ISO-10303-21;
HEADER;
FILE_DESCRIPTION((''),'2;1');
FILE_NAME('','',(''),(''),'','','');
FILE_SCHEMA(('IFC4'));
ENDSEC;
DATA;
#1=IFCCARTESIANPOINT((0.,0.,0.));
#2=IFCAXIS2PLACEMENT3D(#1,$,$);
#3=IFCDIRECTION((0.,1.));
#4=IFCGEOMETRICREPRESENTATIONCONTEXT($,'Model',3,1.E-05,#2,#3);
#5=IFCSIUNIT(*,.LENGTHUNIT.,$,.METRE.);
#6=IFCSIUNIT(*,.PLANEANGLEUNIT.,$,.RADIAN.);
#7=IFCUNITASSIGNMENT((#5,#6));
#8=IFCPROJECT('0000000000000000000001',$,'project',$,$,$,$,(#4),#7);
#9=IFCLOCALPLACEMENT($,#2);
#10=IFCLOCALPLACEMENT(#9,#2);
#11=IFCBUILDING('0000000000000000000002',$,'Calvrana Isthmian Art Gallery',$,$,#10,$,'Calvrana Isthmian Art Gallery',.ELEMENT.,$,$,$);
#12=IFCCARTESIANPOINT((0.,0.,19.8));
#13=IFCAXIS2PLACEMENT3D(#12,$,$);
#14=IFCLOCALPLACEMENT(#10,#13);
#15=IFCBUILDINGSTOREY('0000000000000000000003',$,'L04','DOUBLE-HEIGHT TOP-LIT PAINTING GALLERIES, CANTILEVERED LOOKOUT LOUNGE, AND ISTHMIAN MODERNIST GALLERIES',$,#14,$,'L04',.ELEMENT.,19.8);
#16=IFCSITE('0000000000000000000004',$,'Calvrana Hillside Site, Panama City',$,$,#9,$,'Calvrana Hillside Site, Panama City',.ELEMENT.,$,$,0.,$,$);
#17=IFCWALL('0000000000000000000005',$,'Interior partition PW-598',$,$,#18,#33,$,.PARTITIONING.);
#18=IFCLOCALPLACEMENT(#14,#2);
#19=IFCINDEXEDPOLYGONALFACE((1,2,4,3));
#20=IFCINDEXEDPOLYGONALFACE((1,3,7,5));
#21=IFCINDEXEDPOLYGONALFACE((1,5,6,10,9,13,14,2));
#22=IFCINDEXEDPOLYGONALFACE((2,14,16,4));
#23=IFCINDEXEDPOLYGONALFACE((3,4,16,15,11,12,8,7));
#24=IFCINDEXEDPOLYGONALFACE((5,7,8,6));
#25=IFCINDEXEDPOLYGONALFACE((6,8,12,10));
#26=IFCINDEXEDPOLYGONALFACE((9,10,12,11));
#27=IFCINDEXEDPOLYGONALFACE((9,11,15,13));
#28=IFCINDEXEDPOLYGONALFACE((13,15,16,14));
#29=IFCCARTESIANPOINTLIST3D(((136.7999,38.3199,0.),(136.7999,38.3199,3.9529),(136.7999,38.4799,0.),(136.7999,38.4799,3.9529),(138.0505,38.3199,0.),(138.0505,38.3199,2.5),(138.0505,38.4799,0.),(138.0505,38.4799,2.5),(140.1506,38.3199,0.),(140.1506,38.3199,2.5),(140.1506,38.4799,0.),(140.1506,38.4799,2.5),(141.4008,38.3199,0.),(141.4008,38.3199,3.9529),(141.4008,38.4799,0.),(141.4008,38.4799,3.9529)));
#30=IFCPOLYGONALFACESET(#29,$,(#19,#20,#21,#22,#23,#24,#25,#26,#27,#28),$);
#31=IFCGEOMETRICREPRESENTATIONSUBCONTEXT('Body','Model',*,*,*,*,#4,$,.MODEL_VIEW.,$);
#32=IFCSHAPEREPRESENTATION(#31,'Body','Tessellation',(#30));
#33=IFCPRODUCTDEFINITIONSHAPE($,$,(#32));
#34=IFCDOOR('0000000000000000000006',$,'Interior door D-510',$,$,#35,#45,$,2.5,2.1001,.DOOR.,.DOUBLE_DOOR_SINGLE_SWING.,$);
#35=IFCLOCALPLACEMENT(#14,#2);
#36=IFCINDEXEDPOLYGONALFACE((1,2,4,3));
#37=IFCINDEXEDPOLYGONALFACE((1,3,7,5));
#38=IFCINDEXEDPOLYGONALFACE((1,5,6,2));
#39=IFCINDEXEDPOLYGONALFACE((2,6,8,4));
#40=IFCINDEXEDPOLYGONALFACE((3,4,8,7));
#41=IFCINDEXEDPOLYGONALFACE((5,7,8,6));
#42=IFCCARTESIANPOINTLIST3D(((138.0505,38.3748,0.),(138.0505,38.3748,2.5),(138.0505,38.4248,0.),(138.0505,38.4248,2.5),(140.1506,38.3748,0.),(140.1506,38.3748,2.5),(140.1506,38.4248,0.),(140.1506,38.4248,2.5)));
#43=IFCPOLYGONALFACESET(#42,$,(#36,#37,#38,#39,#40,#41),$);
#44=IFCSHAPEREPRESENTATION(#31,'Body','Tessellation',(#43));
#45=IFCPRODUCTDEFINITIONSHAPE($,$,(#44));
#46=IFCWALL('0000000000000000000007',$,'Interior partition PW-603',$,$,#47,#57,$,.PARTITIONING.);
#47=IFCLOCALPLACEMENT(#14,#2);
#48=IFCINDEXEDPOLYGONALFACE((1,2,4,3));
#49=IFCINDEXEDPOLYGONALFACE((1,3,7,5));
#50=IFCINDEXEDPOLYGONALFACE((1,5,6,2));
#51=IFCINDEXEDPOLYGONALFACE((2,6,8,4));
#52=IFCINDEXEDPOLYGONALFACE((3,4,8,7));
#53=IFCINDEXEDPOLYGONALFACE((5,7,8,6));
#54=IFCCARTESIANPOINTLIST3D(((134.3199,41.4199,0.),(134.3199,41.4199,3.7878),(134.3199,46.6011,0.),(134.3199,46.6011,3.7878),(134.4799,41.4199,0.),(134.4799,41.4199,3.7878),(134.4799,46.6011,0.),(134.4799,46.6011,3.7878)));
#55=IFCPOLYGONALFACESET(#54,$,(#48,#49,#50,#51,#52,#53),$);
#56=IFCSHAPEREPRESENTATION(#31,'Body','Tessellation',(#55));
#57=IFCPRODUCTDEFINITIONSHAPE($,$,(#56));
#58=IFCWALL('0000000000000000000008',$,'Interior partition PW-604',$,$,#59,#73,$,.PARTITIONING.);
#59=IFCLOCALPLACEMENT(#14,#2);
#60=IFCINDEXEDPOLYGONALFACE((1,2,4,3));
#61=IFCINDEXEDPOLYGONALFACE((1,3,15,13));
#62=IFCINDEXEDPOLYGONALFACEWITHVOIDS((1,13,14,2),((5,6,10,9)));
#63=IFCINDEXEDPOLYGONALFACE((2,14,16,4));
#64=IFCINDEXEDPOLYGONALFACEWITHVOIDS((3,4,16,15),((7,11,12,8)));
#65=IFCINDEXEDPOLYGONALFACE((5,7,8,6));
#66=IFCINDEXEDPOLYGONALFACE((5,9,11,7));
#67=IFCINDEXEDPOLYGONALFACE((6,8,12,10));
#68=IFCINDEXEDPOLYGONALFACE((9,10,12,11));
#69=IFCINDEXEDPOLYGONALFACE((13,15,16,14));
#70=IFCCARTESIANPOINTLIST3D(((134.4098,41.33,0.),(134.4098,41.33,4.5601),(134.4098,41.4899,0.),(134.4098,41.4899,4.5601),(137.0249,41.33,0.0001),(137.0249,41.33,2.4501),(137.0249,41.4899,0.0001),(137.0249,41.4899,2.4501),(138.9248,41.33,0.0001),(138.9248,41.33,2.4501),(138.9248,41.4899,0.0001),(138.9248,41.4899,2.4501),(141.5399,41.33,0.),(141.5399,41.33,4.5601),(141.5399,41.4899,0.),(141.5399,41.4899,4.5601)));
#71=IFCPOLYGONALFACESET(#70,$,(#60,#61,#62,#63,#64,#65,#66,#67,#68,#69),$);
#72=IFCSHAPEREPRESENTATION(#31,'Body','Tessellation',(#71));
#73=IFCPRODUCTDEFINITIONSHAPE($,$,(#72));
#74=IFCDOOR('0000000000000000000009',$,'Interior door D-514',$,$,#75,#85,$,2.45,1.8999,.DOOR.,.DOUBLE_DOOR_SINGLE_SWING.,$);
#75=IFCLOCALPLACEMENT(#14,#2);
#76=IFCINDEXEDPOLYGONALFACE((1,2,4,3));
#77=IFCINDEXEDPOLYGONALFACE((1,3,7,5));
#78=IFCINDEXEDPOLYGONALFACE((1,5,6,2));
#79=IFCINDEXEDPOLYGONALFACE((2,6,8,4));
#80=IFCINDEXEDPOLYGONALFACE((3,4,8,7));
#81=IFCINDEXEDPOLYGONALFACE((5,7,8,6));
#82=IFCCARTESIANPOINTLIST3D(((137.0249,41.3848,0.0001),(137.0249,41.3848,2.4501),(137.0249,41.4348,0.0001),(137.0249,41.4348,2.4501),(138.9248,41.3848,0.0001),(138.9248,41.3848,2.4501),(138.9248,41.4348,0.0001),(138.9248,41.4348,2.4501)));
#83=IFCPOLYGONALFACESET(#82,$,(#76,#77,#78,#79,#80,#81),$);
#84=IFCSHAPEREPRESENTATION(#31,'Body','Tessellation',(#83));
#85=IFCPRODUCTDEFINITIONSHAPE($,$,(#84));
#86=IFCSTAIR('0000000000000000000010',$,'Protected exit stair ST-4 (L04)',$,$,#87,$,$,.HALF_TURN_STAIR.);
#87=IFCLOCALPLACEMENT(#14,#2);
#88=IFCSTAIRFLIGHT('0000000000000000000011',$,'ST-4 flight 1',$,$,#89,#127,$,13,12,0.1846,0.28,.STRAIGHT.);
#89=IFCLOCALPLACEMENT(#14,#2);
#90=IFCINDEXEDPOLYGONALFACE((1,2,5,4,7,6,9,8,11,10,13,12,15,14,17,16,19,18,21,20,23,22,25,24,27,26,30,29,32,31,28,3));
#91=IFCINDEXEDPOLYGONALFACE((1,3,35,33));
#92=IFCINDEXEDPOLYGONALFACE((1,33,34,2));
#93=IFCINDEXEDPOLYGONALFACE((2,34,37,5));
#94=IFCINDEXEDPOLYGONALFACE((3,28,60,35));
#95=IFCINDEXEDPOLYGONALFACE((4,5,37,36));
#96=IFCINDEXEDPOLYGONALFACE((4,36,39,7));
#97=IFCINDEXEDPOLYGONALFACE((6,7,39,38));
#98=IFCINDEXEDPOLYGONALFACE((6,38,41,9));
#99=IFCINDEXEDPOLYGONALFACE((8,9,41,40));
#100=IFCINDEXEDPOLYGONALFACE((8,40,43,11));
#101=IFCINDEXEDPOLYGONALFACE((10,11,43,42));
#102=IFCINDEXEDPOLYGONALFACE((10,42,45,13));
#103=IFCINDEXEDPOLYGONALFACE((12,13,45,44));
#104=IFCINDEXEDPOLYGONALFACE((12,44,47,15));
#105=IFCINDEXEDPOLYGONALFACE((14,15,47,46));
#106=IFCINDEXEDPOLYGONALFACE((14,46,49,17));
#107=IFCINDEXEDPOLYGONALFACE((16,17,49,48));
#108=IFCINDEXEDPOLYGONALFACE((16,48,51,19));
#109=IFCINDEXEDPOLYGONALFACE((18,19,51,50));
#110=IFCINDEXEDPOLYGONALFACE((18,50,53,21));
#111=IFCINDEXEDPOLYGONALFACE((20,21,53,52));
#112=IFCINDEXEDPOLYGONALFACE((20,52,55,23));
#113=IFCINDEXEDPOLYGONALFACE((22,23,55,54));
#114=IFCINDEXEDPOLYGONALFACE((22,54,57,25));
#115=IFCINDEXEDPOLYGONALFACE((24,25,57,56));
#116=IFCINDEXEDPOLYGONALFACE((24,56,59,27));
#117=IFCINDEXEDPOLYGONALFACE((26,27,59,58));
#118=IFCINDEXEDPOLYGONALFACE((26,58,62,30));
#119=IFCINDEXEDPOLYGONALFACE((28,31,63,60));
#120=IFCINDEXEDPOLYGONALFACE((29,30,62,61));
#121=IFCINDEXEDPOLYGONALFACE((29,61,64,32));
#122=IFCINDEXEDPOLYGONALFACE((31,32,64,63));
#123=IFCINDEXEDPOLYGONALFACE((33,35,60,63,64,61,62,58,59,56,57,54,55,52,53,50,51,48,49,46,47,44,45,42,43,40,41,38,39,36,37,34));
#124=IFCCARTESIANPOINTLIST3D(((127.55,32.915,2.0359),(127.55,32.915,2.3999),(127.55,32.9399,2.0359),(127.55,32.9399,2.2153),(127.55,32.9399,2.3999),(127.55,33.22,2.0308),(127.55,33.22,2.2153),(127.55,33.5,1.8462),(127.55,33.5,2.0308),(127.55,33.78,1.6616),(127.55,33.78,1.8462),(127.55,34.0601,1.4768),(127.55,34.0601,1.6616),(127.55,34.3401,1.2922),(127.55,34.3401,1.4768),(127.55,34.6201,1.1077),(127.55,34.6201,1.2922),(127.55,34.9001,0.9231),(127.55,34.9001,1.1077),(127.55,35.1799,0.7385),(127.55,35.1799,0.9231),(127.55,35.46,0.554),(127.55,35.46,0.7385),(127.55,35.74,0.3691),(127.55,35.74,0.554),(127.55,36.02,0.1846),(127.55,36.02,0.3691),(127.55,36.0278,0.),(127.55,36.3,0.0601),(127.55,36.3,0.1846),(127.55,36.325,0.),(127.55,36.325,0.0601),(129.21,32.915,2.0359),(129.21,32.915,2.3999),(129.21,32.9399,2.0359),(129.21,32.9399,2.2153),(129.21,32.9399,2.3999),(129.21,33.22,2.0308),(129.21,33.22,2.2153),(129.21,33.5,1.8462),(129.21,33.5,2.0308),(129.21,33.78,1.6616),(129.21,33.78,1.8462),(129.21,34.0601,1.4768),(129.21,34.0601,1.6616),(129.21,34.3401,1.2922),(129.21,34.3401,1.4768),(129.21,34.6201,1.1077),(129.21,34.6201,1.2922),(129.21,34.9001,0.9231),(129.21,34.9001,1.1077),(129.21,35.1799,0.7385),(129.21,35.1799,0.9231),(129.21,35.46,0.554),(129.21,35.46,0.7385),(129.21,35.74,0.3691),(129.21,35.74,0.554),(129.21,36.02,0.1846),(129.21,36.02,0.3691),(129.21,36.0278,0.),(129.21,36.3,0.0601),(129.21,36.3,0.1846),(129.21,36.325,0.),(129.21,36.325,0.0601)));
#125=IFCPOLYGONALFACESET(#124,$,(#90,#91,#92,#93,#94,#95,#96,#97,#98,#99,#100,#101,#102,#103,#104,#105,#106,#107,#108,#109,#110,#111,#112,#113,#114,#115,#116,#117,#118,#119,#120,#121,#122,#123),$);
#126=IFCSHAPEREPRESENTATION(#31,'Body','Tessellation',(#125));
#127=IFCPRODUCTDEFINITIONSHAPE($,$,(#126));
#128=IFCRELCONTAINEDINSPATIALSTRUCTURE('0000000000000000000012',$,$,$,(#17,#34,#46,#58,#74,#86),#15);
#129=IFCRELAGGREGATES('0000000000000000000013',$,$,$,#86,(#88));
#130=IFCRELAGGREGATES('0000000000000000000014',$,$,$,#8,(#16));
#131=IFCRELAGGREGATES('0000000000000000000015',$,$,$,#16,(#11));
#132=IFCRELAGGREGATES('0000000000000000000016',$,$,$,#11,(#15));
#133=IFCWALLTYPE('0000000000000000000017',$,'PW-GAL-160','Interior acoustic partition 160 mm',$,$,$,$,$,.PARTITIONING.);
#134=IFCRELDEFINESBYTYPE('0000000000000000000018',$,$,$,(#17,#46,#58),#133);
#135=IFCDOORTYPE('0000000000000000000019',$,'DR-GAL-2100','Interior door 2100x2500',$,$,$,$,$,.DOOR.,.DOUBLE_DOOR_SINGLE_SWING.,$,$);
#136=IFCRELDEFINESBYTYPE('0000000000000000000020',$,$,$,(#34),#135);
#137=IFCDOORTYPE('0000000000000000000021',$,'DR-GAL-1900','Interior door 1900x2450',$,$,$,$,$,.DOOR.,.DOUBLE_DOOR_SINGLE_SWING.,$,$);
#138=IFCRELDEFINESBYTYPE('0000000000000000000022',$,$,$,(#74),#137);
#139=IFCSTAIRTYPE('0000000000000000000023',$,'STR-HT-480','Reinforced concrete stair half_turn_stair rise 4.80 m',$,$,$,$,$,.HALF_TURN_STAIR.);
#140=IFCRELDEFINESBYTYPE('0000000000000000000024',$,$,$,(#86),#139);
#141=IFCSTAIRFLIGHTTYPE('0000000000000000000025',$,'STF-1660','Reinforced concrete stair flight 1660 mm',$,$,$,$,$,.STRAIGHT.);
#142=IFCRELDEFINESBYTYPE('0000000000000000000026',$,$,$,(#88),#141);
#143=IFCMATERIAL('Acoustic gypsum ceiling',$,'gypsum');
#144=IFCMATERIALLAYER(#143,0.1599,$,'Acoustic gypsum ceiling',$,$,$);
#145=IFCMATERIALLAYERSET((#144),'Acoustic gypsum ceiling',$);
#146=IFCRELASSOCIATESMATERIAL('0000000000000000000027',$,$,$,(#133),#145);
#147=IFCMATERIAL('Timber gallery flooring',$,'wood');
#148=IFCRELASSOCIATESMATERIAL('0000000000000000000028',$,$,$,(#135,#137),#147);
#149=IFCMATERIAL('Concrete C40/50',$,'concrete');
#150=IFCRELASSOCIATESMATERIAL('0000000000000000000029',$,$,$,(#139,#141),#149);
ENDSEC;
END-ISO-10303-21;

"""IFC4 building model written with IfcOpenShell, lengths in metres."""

from ifc_helpers import new_model, si_unit, direction, frame, frame_2d, origin, place, context, subcontext, project, spatial, polyline, rectangle, outline, extrude, material, layer, layer_set, type_object, element, fill, aggregate, save


model = new_model("IFC4")

# Units and contexts
model_context = context("Model", 3, precision=1e-05, world=origin(), true_north=direction((0.0, 1.0)))
body_context = subcontext(model_context, "Body", "Model", "MODEL_VIEW")
ifc_project = project(units=[si_unit("LENGTHUNIT", "METRE"), si_unit("PLANEANGLEUNIT", "RADIAN")], contexts=[model_context])

# Site, building, storey
site_placement = place(None, origin())
site = spatial("IfcSite", under=ifc_project, at=site_placement, Name="Calvrana Hillside Site, Panama City", LongName="Calvrana Hillside Site, Panama City", CompositionType="ELEMENT", RefElevation=0.0)
building_placement = place(site_placement, origin())
building = spatial("IfcBuilding", under=site, at=building_placement, Name="Calvrana Isthmian Art Gallery", LongName="Calvrana Isthmian Art Gallery", CompositionType="ELEMENT")
storey_placement = place(building_placement, frame((0.0, 0.0, 19.8)))
storey = spatial("IfcBuildingStorey", under=building, at=storey_placement, Name="L04", Description="DOUBLE-HEIGHT TOP-LIT PAINTING GALLERIES, CANTILEVERED LOOKOUT LOUNGE, AND ISTHMIAN MODERNIST GALLERIES", LongName="L04", CompositionType="ELEMENT", Elevation=19.8)

# Shared definitions
ifc_material_1 = material(Name="Concrete C40/50", Category="concrete")

# Wall, opening, door
ifc_material_2 = material(Name="Acoustic gypsum ceiling", Category="gypsum")
ifc_layer_1 = layer(ifc_material_2, 0.1599, Name="Acoustic gypsum ceiling")
ifc_layer_set_1 = layer_set([ifc_layer_1], Name="Acoustic gypsum ceiling")
wall_type_1 = type_object("IfcWallType", Name="PW-GAL-160", Description="Interior acoustic partition 160 mm", PredefinedType="PARTITIONING", material=ifc_layer_set_1)
wall_1_placement = place(storey_placement, frame((136.8, 38.3999, 0.0), z_axis=(0.0, 0.0, 1.0), x_axis=(1.0, 0.0, 0.0)))
wall_1 = element("IfcWall", 1, at=wall_1_placement, inside=storey, type_object=wall_type_1, Name="Interior partition PW-598", PredefinedType="PARTITIONING", context=body_context, shape_type="SweptSolid", body=[
    extrude(rectangle(XDim=4.6008, YDim=0.1599, at=frame_2d((2.3003, 0.0))), origin(), (0.0, 0.0, 1.0), 3.9529),
])
opening_1_placement = place(wall_1_placement, frame((1.2505, 0.0, 0.0)))
opening_1 = element("IfcOpeningElement", 2, at=opening_1_placement, cuts=wall_1, PredefinedType="OPENING", context=body_context, shape_type="SweptSolid", body=[
    extrude(rectangle(XDim=2.1001, YDim=2.5, at=frame_2d((1.05, 1.25))), frame((0.0, 0.0903, 0.0), z_axis=(0.0, -1.0, 0.0), x_axis=(1.0, 0.0, 0.0)), (0.0, 0.0, 1.0), 0.1804),
])
ifc_material_3 = material(Name="Timber gallery flooring", Category="wood")
door_type_1 = type_object("IfcDoorType", Name="DR-GAL-2100", Description="Interior door 2100x2500", OperationType="DOUBLE_DOOR_SINGLE_SWING", PredefinedType="DOOR", material=ifc_material_3)
door_1_placement = place(opening_1_placement, origin())
door_1 = element("IfcDoor", 3, at=door_1_placement, inside=storey, type_object=door_type_1, Name="Interior door D-510", OperationType="DOUBLE_DOOR_SINGLE_SWING", OverallHeight=2.5, OverallWidth=2.1001, PredefinedType="DOOR", context=body_context, shape_type="SweptSolid", body=[
    extrude(rectangle(XDim=2.1001, YDim=2.5, at=frame_2d((1.05, 1.25))), frame((0.0, 0.0249, 0.0), z_axis=(0.0, -1.0, 0.0), x_axis=(1.0, 0.0, 0.0)), (0.0, 0.0, 1.0), 0.05),
])
fill(opening_1, door_1)

# Wall
wall_2_placement = place(storey_placement, frame((134.3999, 41.4199, 0.0), z_axis=(0.0, 0.0, 1.0), x_axis=(0.0, 1.0, 0.0)))
element("IfcWall", 4, at=wall_2_placement, inside=storey, type_object=wall_type_1, Name="Interior partition PW-603", PredefinedType="PARTITIONING", context=body_context, shape_type="SweptSolid", body=[
    extrude(rectangle(XDim=5.1812, YDim=0.1599, at=frame_2d((2.5906, 0.0))), origin(), (0.0, 0.0, 1.0), 3.7878),
])

# Wall, opening, door
wall_3_placement = place(storey_placement, frame((134.4099, 41.4099, 0.0), z_axis=(0.0, 0.0, 1.0), x_axis=(1.0, 0.0, 0.0)))
wall_3 = element("IfcWall", 5, at=wall_3_placement, inside=storey, type_object=wall_type_1, Name="Interior partition PW-604", PredefinedType="PARTITIONING", context=body_context, shape_type="SweptSolid", body=[
    extrude(rectangle(XDim=7.1301, YDim=0.1599, at=frame_2d((3.5649, 0.0))), origin(), (0.0, 0.0, 1.0), 4.5601),
])
opening_2_placement = place(wall_3_placement, frame((2.615, 0.0, 0.0)))
opening_2 = element("IfcOpeningElement", 6, at=opening_2_placement, cuts=wall_3, PredefinedType="OPENING", context=body_context, shape_type="SweptSolid", body=[
    extrude(rectangle(XDim=1.8999, YDim=2.45, at=frame_2d((0.95, 1.2251))), frame((0.0, 0.0903, 0.0), z_axis=(0.0, -1.0, 0.0), x_axis=(1.0, 0.0, 0.0)), (0.0, 0.0, 1.0), 0.1804),
])
door_type_2 = type_object("IfcDoorType", Name="DR-GAL-1900", Description="Interior door 1900x2450", OperationType="DOUBLE_DOOR_SINGLE_SWING", PredefinedType="DOOR", material=ifc_material_3)
door_2_placement = place(opening_2_placement, origin())
door_2 = element("IfcDoor", 7, at=door_2_placement, inside=storey, type_object=door_type_2, Name="Interior door D-514", OperationType="DOUBLE_DOOR_SINGLE_SWING", OverallHeight=2.45, OverallWidth=1.8999, PredefinedType="DOOR", context=body_context, shape_type="SweptSolid", body=[
    extrude(rectangle(XDim=1.8999, YDim=2.45, at=frame_2d((0.95, 1.2251))), frame((0.0, 0.0249, 0.0), z_axis=(0.0, -1.0, 0.0), x_axis=(1.0, 0.0, 0.0)), (0.0, 0.0, 1.0), 0.05),
])
fill(opening_2, door_2)

# Stair, stair flight
stair_type = type_object("IfcStairType", Name="STR-HT-480", Description="Reinforced concrete stair half_turn_stair rise 4.80 m", PredefinedType="HALF_TURN_STAIR", material=ifc_material_1)
stair_placement = place(storey_placement, origin())
stair = element("IfcStair", 8, at=stair_placement, inside=storey, type_object=stair_type, Name="Protected exit stair ST-4 (L04)", PredefinedType="HALF_TURN_STAIR")
stair_flight_type = type_object("IfcStairFlightType", Name="STF-1660", Description="Reinforced concrete stair flight 1660 mm", PredefinedType="STRAIGHT", material=ifc_material_1)
stair_flight_placement = place(storey_placement, frame((128.3799, 36.3, 0.0), z_axis=(0.0, 0.0, 1.0), x_axis=(0.0, -1.0, 0.0)))
stair_flight = element("IfcStairFlight", 9, at=stair_flight_placement, type_object=stair_flight_type, Name="ST-4 flight 1", NumberOfRisers=13, NumberOfTreads=12, PredefinedType="STRAIGHT", RiserHeight=0.1846, TreadLength=0.28, context=body_context, shape_type="SweptSolid", body=[
    extrude(outline(polyline([(-0.0249, 0.0), (-0.0249, 0.0601), (0.0, 0.0601), (0.0, 0.1846), (0.28, 0.1846), (0.28, 0.3691), (0.5601, 0.3691), (0.5601, 0.554), (0.8401, 0.554), (0.8401, 0.7385), (1.1201, 0.7385), (1.1201, 0.9231), (1.3999, 0.9231), (1.3999, 1.1077), (1.6799, 1.1077), (1.6799, 1.2922), (1.96, 1.2922), (1.96, 1.4768), (2.24, 1.4768), (2.24, 1.6616), (2.52, 1.6616), (2.52, 1.8462), (2.8, 1.8462), (2.8, 2.0308), (3.0801, 2.0308), (3.0801, 2.2153), (3.3601, 2.2153), (3.3601, 2.3999), (3.385, 2.3999), (3.385, 2.0359), (3.3601, 2.0359), (0.2722, 0.0), (-0.0249, 0.0)])), frame((0.0, 0.8301, 0.0), z_axis=(0.0, -1.0, 0.0), x_axis=(1.0, 0.0, 0.0)), (0.0, 0.0, 1.0), 1.6599),
])
aggregate(stair, [stair_flight])

save(model, "model.ifc")
